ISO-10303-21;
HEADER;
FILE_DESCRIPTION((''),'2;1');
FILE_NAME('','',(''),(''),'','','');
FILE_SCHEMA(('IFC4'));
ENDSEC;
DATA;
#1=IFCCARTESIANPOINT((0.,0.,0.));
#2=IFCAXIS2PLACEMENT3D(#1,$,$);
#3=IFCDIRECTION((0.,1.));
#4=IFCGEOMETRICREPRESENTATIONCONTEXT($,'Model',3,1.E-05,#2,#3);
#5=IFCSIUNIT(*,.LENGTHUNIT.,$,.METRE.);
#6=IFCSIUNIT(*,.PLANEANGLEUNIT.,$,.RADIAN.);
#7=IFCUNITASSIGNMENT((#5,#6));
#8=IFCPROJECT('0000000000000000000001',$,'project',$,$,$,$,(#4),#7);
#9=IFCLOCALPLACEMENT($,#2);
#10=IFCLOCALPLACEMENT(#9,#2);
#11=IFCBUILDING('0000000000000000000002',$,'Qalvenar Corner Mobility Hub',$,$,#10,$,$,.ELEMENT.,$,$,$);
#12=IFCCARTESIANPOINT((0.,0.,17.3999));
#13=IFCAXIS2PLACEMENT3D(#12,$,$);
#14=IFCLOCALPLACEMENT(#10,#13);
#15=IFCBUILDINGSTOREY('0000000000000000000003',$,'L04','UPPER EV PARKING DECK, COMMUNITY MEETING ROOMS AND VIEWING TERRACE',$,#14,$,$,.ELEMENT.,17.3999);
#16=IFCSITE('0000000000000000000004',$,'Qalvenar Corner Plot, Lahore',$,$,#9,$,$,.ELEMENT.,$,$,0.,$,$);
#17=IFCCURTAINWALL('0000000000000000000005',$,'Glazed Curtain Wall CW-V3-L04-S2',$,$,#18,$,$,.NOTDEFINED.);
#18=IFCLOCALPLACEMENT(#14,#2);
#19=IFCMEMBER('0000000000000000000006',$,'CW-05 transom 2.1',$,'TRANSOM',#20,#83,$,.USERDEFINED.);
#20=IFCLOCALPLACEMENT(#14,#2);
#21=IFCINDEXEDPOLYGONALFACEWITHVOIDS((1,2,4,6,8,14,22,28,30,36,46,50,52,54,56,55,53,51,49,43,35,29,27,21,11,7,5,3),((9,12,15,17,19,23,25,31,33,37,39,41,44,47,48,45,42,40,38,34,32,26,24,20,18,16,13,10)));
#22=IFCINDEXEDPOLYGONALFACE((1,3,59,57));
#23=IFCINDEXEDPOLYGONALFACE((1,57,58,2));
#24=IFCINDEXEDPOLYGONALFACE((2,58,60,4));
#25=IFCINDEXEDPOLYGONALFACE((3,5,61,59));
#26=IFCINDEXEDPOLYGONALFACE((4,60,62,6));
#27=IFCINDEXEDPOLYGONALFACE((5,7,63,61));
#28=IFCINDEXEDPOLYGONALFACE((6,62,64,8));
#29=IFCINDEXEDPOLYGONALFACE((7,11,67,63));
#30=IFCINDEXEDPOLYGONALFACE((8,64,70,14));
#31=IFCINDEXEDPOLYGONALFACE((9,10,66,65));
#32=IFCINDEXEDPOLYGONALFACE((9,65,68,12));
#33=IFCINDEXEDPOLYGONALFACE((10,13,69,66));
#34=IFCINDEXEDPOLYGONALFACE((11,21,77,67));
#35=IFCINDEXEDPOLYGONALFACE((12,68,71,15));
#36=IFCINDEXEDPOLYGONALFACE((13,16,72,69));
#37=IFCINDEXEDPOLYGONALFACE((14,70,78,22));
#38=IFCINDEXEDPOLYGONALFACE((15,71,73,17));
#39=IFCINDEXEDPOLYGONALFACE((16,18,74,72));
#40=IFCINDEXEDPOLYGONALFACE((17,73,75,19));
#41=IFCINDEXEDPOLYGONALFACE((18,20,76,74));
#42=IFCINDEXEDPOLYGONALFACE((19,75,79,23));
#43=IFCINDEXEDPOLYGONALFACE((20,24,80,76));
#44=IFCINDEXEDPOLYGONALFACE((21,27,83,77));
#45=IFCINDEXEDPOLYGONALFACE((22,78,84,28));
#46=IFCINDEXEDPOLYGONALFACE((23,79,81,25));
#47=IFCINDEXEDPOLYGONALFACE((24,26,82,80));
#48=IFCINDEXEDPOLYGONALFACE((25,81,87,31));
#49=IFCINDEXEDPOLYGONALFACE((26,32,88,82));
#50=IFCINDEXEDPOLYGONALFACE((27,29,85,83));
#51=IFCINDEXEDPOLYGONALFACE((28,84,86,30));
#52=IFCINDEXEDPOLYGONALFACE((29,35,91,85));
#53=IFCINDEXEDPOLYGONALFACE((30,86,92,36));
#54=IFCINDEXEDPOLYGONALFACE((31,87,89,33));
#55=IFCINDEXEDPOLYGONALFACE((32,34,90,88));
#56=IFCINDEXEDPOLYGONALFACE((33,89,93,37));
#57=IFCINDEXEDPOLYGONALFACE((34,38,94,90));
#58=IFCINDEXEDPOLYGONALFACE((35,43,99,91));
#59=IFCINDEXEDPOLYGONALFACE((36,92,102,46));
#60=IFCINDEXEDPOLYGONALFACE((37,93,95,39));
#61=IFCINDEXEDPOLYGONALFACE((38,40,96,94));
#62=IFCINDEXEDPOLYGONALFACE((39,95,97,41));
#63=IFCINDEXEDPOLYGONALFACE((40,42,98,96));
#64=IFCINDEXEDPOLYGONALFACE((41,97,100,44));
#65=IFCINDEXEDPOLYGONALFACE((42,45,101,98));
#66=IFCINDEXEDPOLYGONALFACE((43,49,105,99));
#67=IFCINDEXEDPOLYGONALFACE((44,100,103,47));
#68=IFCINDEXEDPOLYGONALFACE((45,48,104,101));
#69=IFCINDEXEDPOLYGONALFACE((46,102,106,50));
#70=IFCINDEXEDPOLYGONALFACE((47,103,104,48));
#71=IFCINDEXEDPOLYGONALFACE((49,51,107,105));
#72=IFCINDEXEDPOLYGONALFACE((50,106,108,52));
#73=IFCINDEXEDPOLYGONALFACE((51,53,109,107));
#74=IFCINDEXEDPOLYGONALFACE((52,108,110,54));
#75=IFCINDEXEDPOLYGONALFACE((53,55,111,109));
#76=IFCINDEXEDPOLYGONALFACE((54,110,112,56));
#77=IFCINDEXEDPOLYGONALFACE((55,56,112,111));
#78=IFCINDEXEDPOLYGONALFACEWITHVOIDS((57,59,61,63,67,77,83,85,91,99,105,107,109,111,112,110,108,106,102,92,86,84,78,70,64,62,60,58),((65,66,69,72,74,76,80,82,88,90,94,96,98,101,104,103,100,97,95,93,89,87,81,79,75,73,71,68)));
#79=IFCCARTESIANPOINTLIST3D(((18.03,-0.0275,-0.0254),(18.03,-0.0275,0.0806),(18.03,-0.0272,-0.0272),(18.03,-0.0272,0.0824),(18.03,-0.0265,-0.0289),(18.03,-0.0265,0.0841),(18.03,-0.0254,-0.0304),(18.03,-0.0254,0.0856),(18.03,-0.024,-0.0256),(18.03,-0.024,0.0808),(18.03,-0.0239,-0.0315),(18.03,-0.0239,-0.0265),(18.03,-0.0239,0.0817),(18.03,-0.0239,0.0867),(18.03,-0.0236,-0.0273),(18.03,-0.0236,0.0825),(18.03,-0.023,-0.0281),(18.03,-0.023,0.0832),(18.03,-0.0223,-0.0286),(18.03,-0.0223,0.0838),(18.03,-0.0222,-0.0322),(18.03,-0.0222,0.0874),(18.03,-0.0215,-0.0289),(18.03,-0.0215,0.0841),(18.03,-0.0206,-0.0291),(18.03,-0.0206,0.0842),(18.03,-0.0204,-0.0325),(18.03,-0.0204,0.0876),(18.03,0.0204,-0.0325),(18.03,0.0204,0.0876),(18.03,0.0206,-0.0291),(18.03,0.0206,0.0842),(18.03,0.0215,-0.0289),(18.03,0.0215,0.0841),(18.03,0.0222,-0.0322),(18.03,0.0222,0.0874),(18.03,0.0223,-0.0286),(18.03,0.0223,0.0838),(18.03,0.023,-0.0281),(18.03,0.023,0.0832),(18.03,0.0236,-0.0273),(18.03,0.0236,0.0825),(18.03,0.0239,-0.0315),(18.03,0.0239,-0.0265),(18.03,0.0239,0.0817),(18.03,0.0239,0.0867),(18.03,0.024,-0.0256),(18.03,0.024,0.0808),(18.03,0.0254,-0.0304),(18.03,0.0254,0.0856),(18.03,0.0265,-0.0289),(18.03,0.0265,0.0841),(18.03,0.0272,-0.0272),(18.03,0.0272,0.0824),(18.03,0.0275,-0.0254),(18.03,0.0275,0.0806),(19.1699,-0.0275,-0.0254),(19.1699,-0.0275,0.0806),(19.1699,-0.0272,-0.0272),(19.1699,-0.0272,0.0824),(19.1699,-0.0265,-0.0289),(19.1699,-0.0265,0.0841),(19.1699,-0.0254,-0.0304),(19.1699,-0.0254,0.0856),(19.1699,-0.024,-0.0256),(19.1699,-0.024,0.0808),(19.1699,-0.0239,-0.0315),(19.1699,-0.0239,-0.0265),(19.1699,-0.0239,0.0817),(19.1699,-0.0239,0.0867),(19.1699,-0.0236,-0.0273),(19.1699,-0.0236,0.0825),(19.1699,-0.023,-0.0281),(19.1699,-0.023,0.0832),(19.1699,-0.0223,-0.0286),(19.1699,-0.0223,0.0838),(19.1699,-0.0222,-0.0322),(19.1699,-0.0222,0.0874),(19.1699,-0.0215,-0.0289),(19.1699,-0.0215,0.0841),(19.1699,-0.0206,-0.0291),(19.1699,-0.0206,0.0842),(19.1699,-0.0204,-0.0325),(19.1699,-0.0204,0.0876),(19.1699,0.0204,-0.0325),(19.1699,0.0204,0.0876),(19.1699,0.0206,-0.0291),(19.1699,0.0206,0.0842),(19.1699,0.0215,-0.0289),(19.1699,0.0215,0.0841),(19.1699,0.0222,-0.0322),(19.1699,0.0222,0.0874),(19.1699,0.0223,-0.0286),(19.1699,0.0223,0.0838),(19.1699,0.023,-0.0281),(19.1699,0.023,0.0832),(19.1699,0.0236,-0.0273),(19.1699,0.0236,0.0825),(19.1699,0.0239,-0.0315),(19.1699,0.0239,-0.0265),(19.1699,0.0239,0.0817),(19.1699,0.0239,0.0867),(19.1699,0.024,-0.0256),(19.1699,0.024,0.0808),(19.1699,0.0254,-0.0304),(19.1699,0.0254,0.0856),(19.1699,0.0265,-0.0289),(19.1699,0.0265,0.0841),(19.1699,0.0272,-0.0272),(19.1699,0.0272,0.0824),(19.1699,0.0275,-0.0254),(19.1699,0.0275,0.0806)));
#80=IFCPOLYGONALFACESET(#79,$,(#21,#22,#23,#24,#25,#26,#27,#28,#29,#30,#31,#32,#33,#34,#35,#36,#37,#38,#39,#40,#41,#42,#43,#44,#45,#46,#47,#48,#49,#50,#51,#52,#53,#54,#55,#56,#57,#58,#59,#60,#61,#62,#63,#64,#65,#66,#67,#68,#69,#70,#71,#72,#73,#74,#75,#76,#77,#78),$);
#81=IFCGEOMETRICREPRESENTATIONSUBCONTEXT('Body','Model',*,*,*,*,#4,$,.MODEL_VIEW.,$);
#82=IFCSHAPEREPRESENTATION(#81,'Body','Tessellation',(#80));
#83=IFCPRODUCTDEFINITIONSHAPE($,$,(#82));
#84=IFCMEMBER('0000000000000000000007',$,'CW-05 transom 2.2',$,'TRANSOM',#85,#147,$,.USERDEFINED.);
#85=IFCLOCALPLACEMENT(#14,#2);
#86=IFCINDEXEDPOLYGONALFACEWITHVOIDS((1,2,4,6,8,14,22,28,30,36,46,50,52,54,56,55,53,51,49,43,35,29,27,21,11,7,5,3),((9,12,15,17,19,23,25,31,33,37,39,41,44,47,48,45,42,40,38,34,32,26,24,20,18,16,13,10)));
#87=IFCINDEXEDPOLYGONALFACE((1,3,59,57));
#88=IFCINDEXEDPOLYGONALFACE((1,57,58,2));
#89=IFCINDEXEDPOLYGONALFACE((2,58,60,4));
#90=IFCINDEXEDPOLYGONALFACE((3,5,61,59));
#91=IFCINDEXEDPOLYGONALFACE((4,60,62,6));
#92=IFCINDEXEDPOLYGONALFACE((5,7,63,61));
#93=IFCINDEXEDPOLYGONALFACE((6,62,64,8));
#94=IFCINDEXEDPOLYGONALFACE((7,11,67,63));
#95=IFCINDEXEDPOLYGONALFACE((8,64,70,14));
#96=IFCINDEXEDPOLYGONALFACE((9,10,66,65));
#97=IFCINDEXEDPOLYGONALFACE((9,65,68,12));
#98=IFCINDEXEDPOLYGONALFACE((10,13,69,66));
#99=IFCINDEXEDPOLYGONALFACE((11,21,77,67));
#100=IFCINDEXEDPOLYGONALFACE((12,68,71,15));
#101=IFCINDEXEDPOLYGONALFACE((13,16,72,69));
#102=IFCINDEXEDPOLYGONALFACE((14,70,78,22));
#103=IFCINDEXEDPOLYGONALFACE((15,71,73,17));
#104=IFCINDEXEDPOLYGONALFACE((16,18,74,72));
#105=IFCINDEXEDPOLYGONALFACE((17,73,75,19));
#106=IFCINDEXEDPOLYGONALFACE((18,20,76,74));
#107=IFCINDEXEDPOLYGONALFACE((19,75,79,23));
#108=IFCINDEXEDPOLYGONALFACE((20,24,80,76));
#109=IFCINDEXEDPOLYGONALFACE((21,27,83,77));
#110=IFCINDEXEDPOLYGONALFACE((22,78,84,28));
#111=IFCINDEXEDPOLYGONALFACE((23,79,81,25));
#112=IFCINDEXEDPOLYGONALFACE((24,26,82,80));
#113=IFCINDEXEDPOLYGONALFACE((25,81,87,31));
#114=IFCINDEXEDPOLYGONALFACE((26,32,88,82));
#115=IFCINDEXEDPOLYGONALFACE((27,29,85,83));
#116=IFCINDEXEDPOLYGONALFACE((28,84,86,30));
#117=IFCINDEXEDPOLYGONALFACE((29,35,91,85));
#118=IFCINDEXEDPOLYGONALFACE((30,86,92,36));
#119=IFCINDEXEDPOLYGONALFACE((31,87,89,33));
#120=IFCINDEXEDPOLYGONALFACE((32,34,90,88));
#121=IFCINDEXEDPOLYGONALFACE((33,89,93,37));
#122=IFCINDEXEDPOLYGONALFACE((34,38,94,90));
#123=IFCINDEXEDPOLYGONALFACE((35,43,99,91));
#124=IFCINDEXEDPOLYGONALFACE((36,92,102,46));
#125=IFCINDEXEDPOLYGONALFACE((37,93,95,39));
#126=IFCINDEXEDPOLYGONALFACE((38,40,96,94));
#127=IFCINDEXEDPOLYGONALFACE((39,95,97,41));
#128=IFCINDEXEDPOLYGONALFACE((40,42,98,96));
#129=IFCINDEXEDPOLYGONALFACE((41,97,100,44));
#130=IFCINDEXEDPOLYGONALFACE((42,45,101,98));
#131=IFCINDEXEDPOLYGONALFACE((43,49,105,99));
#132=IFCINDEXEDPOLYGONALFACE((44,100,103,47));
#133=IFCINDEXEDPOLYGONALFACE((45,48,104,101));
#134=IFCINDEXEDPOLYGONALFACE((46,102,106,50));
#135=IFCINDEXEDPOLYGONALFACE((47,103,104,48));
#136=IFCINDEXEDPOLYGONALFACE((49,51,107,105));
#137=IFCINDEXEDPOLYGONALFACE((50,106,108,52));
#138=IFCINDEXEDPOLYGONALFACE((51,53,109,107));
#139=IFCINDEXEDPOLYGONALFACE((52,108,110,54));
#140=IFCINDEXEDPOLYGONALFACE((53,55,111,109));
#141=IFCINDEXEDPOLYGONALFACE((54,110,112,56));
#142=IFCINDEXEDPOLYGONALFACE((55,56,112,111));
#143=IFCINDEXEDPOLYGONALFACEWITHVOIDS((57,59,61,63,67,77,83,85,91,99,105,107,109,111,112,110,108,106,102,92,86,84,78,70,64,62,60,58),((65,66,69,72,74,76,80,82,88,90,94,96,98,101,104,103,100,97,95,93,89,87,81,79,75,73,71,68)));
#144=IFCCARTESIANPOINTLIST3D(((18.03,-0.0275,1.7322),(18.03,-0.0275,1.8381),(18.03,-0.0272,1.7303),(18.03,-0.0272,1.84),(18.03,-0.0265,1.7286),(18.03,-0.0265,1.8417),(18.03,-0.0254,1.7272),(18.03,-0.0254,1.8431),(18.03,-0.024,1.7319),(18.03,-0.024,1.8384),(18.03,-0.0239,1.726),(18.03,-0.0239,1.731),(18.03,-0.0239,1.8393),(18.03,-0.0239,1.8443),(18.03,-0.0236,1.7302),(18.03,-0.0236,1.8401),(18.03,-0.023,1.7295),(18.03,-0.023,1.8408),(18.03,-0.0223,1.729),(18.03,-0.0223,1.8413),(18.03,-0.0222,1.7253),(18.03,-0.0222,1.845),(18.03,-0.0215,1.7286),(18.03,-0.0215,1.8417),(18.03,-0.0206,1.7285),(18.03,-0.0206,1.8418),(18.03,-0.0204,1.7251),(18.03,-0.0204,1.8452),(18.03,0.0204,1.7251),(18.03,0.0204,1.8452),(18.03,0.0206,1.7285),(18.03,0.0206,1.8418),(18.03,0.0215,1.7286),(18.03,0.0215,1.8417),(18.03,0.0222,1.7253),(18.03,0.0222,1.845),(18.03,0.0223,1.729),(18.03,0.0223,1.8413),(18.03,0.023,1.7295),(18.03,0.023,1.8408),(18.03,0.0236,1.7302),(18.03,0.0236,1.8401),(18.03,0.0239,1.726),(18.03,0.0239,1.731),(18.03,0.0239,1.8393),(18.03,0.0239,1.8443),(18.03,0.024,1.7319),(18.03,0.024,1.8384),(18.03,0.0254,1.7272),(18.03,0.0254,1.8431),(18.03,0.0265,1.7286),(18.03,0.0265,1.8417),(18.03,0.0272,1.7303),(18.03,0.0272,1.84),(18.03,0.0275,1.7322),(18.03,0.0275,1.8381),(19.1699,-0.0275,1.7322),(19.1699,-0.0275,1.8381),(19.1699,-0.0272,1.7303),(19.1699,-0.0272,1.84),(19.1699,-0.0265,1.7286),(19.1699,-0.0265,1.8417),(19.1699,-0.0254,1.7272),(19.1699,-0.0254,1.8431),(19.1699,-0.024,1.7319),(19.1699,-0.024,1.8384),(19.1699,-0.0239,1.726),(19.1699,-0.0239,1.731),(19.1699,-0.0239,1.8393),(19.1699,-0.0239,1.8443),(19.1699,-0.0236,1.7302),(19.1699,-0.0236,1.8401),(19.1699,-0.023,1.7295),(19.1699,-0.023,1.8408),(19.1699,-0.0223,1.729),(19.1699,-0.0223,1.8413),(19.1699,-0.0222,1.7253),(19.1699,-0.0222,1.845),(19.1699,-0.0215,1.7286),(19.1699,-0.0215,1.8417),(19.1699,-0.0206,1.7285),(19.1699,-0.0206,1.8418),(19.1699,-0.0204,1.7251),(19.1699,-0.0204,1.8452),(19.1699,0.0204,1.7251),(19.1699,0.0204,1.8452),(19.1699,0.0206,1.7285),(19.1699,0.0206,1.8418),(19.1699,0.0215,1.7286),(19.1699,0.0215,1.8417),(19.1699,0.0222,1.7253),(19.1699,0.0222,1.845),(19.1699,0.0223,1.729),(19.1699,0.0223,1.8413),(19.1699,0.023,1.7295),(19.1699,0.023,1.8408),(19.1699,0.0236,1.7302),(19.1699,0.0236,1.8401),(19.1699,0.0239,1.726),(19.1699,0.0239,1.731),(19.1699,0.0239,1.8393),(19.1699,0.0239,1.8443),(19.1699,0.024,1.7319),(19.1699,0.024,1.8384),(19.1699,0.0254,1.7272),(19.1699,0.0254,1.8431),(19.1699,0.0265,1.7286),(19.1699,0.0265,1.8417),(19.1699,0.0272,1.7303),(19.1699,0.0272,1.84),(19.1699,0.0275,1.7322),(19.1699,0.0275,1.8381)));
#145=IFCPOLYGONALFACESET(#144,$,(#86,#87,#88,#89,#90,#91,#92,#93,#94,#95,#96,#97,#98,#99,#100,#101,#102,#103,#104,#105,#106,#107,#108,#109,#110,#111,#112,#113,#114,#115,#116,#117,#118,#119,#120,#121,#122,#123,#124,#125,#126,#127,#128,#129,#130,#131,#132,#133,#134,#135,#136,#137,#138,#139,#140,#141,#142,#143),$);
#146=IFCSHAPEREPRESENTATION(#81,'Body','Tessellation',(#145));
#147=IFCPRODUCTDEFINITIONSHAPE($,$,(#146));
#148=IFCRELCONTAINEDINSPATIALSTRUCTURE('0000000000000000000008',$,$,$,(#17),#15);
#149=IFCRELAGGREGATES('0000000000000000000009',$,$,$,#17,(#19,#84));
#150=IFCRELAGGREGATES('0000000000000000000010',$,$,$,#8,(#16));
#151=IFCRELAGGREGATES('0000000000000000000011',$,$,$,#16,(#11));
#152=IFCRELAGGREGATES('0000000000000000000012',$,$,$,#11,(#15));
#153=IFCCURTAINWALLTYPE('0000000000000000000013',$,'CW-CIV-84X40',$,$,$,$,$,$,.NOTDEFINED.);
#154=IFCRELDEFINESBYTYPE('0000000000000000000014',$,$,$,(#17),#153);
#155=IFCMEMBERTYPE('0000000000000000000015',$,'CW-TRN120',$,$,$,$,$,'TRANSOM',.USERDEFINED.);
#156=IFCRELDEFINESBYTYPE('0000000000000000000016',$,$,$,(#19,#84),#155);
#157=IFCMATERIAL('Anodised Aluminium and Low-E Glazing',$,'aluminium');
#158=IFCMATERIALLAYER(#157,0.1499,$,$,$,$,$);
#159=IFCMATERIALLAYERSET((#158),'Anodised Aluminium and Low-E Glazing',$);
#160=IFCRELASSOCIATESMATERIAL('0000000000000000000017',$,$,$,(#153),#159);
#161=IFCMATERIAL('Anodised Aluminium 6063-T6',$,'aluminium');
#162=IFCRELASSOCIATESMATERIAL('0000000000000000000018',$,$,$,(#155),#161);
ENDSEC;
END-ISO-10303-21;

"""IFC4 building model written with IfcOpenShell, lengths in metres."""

from ifc_helpers import new_model, si_unit, direction, frame, origin, origin_2d, place, context, subcontext, project, spatial, hollow_rectangle, extrude, material, layer, layer_set, material_profile, profile_set, type_object, element, aggregate, save


model = new_model("IFC4")

# Units and contexts
model_context = context("Model", 3, precision=1e-05, world=origin(), true_north=direction((0.0, 1.0)))
body_context = subcontext(model_context, "Body", "Model", "MODEL_VIEW")
ifc_project = project(units=[si_unit("LENGTHUNIT", "METRE"), si_unit("PLANEANGLEUNIT", "RADIAN")], contexts=[model_context])

# Site, building, storey
site_placement = place(None, origin())
site = spatial("IfcSite", under=ifc_project, at=site_placement, Name="Qalvenar Corner Plot, Lahore", CompositionType="ELEMENT", RefElevation=0.0)
building_placement = place(site_placement, origin())
building = spatial("IfcBuilding", under=site, at=building_placement, Name="Qalvenar Corner Mobility Hub", CompositionType="ELEMENT")
storey_placement = place(building_placement, frame((0.0, 0.0, 17.3999)))
storey = spatial("IfcBuildingStorey", under=building, at=storey_placement, Name="L04", Description="UPPER EV PARKING DECK, COMMUNITY MEETING ROOMS AND VIEWING TERRACE", CompositionType="ELEMENT", Elevation=17.3999)

# Curtain wall, members
ifc_material_1 = material(Name="Anodised Aluminium and Low-E Glazing", Category="aluminium")
ifc_layer_1 = layer(ifc_material_1, 0.1499)
ifc_layer_set_1 = layer_set([ifc_layer_1], Name="Anodised Aluminium and Low-E Glazing")
curtain_wall_type = type_object("IfcCurtainWallType", Name="CW-CIV-84X40", PredefinedType="NOTDEFINED", material=ifc_layer_set_1)
curtain_wall_placement = place(storey_placement, origin())
curtain_wall = element("IfcCurtainWall", 1, at=curtain_wall_placement, inside=storey, type_object=curtain_wall_type, Name="Glazed Curtain Wall CW-V3-L04-S2", PredefinedType="NOTDEFINED")
ifc_material_2 = material(Name="Anodised Aluminium 6063-T6", Category="aluminium")
ifc_material_profile_1 = material_profile(ifc_material_2, hollow_rectangle(XDim=0.0549, YDim=0.1201, WallThickness=0.0034, InnerFilletRadius=0.0034, OuterFilletRadius=0.0071, at=origin_2d()), Name="RHS120x55x3.5")
ifc_profile_set_1 = profile_set([ifc_material_profile_1], Name="Anodised Aluminium 6063-T6")
member_type_1 = type_object("IfcMemberType", Name="CW-TRN120", ElementType="TRANSOM", PredefinedType="USERDEFINED", material=ifc_profile_set_1)
member_1_placement = place(storey_placement, frame((18.03, 0.0, 0.0276), z_axis=(1.0, 0.0, 0.0), x_axis=(0.0, 1.0, 0.0)))
member_1 = element("IfcMember", 2, at=member_1_placement, type_object=member_type_1, Name="CW-05 transom 2.1", ObjectType="TRANSOM", PredefinedType="USERDEFINED", context=body_context, shape_type="SweptSolid", body=[
    extrude(hollow_rectangle(XDim=0.0549, YDim=0.1201, WallThickness=0.0034, InnerFilletRadius=0.0034, OuterFilletRadius=0.0071, at=origin_2d()), origin(), (0.0, 0.0, 1.0), 1.1399),
])
member_2_placement = place(storey_placement, frame((18.03, 0.0, 1.7852), z_axis=(1.0, 0.0, 0.0), x_axis=(0.0, 1.0, 0.0)))
member_2 = element("IfcMember", 3, at=member_2_placement, type_object=member_type_1, Name="CW-05 transom 2.2", ObjectType="TRANSOM", PredefinedType="USERDEFINED", context=body_context, shape_type="SweptSolid", body=[
    extrude(hollow_rectangle(XDim=0.0549, YDim=0.1201, WallThickness=0.0034, InnerFilletRadius=0.0034, OuterFilletRadius=0.0071, at=origin_2d()), origin(), (0.0, 0.0, 1.0), 1.1399),
])
aggregate(curtain_wall, [member_1, member_2])

save(model, "model.ifc")
